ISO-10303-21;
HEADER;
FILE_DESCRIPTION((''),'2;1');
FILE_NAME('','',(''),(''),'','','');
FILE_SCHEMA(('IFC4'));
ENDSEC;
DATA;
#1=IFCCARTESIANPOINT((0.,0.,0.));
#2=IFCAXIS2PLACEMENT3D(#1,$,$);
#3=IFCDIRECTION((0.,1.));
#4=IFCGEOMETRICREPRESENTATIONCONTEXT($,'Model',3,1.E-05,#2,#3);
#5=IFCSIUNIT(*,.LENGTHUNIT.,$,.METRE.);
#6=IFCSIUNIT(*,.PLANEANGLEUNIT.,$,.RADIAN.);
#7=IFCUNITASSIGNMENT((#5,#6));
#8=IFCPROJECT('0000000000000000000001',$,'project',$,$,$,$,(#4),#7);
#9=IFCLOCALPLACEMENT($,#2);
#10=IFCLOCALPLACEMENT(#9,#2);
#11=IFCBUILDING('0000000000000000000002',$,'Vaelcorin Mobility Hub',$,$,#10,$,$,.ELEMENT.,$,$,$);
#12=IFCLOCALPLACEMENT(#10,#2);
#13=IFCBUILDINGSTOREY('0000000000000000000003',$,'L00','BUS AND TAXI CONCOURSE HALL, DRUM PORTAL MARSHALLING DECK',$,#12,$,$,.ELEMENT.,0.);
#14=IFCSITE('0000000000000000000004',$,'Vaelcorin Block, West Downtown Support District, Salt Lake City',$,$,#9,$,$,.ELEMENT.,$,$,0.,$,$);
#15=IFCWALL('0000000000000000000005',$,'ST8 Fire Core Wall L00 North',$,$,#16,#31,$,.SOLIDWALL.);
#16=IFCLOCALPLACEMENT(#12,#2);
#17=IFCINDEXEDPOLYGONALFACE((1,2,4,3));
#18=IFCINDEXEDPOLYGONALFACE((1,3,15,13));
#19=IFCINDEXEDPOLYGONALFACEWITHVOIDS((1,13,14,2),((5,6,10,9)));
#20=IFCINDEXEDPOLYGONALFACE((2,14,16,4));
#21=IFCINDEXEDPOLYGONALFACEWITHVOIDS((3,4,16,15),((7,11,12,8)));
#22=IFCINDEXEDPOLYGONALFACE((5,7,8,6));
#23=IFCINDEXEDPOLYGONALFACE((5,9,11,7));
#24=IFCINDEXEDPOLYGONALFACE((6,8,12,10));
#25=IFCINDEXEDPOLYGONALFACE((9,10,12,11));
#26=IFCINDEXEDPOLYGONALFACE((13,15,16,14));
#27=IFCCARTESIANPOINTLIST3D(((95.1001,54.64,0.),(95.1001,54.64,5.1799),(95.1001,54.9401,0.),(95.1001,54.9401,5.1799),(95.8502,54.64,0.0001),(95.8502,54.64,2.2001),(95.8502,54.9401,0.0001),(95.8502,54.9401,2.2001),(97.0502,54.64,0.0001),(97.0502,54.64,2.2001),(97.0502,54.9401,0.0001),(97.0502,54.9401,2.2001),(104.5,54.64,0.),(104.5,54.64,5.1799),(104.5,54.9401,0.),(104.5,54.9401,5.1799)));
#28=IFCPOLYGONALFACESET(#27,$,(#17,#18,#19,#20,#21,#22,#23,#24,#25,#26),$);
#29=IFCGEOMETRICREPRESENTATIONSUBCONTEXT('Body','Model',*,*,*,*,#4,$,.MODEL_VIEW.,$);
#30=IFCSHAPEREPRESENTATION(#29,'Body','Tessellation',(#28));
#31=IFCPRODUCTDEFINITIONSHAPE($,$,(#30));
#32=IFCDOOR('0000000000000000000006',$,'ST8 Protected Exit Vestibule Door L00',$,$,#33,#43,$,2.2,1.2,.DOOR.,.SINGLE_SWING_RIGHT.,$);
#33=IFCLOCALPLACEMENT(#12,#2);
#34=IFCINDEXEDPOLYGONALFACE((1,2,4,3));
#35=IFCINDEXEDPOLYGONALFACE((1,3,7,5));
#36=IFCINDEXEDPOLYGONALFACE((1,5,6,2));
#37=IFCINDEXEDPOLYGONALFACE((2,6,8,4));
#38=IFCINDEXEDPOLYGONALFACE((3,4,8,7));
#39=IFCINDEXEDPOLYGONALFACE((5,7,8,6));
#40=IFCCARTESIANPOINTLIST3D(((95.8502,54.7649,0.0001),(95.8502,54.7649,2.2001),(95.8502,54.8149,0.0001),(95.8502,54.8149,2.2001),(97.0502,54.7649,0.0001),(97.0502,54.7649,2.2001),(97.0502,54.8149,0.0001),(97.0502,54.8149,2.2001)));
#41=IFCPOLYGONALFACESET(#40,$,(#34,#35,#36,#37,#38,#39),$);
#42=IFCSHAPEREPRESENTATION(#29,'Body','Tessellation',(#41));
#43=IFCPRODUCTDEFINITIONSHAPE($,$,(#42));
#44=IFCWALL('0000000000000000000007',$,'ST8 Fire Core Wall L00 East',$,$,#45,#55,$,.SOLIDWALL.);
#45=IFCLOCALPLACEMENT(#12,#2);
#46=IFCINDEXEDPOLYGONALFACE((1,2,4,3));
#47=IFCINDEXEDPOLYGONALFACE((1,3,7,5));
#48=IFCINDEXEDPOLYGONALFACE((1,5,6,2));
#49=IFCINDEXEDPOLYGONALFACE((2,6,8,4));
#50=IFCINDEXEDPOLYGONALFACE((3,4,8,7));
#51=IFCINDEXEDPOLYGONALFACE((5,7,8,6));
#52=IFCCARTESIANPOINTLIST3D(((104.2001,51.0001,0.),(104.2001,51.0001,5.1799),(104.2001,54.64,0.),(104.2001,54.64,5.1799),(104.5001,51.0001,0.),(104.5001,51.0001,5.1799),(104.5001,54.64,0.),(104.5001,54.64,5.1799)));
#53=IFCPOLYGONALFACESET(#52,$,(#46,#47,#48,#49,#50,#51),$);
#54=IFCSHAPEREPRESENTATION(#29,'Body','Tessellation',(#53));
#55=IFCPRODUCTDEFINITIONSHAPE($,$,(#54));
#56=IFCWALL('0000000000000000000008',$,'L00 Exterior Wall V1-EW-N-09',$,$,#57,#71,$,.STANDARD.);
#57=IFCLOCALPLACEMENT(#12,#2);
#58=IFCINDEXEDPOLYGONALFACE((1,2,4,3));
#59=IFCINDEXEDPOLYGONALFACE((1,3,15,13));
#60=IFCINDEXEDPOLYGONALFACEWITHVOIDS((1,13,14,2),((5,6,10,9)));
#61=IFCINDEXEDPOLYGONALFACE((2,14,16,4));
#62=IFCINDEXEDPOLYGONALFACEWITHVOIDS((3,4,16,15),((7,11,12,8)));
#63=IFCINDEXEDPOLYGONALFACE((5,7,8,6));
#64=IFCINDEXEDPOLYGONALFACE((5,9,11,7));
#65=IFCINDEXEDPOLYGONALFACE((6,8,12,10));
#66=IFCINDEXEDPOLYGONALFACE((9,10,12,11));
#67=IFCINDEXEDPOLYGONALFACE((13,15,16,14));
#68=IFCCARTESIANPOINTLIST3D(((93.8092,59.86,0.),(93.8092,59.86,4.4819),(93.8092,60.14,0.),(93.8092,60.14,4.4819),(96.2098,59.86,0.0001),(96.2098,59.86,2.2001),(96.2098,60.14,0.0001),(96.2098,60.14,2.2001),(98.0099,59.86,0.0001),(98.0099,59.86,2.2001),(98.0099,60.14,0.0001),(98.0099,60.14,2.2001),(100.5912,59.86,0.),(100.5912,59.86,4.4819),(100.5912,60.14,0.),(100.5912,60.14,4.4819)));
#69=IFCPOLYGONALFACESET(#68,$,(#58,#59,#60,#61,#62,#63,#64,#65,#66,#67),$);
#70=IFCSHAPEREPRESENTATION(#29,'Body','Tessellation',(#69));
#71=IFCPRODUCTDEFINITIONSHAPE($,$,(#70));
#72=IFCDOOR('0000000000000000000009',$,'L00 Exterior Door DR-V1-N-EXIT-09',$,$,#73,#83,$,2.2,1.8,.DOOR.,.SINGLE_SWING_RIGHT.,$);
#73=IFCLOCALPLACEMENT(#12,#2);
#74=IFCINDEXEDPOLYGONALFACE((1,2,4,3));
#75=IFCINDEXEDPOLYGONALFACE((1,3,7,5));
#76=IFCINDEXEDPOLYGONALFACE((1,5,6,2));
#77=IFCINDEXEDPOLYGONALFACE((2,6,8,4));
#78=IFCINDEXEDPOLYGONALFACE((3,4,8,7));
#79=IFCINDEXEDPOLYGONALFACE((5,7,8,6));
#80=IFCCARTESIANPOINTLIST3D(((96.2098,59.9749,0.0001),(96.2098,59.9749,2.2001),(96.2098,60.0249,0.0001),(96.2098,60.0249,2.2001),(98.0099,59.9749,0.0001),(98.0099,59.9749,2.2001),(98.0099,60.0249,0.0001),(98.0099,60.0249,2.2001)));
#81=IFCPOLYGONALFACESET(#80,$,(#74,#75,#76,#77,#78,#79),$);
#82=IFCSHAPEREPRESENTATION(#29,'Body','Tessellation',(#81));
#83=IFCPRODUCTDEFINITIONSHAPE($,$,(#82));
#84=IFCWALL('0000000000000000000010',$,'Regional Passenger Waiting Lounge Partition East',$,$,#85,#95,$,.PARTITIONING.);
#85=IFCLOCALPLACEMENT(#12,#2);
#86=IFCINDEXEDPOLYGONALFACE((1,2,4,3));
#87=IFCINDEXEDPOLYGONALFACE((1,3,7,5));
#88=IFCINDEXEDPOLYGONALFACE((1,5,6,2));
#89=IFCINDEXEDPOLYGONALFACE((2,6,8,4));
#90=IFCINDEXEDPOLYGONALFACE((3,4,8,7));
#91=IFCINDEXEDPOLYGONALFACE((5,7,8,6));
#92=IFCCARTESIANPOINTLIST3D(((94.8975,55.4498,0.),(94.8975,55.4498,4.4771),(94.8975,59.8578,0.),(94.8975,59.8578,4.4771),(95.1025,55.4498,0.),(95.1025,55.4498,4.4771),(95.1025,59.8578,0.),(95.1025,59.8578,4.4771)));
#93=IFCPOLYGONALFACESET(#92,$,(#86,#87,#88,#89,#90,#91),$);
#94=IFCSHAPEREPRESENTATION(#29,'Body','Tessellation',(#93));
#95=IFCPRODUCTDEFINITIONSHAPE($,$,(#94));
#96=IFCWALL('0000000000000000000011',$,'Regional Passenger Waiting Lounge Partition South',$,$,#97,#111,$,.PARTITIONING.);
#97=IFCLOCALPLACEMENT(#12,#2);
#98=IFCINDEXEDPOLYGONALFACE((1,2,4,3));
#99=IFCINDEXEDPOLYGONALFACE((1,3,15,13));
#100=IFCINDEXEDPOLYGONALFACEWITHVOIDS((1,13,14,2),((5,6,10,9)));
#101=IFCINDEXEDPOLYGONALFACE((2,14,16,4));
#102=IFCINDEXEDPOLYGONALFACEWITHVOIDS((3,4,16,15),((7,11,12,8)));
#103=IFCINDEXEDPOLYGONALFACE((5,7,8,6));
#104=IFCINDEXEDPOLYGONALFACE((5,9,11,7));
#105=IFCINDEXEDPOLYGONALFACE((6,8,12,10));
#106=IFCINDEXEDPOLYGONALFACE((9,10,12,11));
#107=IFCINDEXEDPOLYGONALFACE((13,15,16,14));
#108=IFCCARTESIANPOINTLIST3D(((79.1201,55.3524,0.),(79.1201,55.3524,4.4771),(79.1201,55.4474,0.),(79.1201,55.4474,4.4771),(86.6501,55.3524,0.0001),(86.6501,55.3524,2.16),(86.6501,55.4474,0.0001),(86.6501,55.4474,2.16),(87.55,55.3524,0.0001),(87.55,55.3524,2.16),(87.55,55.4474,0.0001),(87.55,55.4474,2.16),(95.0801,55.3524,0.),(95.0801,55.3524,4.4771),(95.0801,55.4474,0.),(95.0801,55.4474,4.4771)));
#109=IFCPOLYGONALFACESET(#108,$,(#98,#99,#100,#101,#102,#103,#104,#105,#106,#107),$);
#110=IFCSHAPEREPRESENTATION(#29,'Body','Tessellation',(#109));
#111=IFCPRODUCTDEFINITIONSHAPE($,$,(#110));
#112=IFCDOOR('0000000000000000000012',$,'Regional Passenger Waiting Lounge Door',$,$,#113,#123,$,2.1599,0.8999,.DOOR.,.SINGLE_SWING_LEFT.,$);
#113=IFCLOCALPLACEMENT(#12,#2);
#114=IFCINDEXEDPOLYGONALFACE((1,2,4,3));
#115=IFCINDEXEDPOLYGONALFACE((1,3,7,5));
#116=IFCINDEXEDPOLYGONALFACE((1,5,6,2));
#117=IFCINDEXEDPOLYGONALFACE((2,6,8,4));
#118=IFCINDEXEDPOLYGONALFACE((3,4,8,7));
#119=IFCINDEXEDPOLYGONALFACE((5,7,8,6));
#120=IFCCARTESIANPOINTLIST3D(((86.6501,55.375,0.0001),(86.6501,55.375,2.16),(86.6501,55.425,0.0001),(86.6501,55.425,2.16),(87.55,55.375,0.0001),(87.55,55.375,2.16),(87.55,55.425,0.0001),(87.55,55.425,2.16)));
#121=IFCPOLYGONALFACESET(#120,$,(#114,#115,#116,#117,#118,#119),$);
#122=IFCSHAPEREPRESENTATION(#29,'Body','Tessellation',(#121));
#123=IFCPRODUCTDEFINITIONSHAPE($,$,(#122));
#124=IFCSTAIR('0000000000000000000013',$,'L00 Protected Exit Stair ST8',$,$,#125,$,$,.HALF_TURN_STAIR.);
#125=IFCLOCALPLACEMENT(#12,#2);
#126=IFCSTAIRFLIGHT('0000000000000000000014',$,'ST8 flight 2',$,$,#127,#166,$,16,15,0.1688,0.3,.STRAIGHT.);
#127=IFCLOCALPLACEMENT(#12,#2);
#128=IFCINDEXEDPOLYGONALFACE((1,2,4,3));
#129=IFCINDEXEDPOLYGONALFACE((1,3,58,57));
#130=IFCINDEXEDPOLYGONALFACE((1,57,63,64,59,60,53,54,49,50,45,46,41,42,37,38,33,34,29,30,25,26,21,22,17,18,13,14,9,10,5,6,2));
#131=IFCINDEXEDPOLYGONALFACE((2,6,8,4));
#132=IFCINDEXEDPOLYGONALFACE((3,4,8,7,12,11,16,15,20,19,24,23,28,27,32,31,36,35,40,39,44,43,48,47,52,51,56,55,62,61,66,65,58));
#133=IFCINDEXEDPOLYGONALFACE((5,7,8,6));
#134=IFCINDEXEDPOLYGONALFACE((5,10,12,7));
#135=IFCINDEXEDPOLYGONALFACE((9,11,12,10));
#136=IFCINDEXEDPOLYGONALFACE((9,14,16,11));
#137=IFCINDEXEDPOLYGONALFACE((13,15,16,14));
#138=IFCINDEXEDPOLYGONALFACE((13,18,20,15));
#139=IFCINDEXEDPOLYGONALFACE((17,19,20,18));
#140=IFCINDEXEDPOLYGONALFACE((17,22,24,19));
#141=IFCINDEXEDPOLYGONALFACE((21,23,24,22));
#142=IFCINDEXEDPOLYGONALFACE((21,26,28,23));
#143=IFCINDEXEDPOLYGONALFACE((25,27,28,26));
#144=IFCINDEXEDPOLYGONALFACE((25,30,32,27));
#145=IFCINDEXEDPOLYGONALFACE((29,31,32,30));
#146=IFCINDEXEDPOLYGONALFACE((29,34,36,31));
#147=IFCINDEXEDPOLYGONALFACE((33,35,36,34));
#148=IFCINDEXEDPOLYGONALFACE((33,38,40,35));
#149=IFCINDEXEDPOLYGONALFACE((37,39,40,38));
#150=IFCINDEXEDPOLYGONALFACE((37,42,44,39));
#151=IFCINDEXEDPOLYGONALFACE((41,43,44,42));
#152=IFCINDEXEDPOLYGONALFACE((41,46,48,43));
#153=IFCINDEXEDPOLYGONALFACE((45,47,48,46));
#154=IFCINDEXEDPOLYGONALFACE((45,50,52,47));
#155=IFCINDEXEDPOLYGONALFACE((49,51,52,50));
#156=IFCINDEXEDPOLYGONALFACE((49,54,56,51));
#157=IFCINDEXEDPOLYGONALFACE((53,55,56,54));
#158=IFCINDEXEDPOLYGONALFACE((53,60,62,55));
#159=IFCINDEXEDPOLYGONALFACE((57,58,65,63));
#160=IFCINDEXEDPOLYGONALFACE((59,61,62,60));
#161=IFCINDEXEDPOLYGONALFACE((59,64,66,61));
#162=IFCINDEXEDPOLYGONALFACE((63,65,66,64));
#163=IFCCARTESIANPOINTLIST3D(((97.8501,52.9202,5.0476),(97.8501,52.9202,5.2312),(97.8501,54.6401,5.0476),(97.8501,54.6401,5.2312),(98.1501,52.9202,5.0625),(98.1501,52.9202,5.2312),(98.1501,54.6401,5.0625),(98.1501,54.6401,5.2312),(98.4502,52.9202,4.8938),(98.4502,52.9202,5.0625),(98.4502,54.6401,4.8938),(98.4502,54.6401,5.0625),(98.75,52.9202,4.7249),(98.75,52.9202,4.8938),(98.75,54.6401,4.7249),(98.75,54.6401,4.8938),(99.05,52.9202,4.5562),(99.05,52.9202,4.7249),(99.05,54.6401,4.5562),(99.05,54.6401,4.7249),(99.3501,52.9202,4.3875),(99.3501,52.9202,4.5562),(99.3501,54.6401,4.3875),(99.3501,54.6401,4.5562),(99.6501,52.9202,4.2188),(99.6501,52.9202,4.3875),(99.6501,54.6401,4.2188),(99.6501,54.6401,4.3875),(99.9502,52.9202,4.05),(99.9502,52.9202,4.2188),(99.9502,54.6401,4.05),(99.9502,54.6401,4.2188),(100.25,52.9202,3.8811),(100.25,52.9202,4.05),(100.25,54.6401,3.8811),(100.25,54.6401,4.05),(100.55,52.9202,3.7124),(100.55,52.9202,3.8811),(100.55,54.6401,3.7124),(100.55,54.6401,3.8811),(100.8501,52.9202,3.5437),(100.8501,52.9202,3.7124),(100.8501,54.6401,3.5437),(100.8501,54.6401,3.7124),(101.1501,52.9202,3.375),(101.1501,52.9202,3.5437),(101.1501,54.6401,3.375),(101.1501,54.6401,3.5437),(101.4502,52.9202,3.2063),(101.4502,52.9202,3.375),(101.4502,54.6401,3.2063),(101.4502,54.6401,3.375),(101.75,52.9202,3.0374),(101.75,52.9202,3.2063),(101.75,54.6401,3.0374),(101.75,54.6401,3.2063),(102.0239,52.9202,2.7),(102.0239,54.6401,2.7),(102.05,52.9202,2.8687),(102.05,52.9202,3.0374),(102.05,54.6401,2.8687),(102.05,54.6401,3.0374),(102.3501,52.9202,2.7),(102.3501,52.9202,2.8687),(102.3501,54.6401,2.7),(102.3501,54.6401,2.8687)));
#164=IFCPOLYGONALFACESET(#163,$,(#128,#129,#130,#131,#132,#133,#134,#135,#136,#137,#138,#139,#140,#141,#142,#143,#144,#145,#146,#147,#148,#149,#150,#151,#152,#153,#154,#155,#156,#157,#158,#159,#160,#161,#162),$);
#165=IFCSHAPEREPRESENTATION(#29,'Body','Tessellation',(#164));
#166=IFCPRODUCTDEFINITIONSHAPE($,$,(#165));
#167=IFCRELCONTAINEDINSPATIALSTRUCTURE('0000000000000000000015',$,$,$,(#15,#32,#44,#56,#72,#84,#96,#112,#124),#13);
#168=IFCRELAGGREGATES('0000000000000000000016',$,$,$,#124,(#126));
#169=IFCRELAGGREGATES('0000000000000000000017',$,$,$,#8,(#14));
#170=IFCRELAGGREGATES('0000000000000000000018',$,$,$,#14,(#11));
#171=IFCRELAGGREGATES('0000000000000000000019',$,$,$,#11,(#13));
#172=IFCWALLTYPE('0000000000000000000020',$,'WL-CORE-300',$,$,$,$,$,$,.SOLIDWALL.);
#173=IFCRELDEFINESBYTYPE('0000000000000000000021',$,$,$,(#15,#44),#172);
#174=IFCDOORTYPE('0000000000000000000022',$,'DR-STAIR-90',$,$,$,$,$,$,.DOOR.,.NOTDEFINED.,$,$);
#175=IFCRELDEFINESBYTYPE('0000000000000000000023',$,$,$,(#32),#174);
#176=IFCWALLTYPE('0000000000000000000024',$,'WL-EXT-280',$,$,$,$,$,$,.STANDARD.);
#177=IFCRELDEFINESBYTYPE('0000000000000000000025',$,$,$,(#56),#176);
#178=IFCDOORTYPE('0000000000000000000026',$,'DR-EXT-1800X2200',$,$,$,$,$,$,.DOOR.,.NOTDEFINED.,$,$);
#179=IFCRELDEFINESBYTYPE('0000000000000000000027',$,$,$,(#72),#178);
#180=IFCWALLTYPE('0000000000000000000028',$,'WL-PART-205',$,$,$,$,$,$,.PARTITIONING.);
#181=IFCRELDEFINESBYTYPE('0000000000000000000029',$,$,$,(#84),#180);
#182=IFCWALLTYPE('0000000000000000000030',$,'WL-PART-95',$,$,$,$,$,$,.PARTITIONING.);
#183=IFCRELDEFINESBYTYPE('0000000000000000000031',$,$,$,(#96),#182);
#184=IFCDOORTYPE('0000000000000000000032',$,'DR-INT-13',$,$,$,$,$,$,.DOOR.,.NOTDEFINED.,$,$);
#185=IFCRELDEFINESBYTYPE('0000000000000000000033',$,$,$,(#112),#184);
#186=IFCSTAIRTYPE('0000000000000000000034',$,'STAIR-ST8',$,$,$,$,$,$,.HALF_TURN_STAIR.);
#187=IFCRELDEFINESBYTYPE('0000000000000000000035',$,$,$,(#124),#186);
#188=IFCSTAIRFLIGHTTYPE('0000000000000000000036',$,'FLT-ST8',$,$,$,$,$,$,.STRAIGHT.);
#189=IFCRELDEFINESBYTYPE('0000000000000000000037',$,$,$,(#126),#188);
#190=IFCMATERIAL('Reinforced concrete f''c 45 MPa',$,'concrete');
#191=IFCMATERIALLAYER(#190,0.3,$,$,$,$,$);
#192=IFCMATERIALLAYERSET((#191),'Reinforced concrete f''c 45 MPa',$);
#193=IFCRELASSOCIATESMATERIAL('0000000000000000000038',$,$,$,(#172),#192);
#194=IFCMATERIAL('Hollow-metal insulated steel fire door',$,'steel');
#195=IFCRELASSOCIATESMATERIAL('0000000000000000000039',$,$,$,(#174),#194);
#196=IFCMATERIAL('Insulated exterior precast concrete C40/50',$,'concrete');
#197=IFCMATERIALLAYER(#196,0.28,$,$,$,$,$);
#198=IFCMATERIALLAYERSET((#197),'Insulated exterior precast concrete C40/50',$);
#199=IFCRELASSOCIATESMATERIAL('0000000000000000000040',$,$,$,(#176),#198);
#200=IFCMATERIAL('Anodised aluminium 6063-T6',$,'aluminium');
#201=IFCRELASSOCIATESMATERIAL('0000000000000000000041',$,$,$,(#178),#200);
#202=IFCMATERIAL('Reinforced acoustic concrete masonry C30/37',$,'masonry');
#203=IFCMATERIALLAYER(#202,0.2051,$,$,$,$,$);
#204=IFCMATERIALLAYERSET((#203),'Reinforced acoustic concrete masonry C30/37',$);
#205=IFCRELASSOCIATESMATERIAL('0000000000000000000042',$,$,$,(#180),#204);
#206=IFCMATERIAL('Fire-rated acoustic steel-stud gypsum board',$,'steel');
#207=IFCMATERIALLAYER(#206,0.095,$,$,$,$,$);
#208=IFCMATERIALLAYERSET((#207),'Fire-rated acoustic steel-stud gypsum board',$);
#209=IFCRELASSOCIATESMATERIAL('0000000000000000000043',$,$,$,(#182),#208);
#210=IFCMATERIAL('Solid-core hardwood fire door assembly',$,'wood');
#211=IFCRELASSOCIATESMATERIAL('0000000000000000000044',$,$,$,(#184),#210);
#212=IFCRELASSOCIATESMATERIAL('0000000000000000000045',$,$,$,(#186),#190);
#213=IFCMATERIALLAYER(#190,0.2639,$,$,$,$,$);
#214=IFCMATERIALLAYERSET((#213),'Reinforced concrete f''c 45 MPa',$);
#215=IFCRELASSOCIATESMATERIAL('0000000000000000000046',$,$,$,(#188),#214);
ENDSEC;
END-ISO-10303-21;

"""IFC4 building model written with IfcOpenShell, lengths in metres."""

from ifc_helpers import new_model, si_unit, direction, frame, frame_2d, origin, place, context, subcontext, project, spatial, polyline, rectangle, outline, extrude, material, layer, layer_set, type_object, element, fill, aggregate, save


model = new_model("IFC4")

# Units and contexts
model_context = context("Model", 3, precision=1e-05, world=origin(), true_north=direction((0.0, 1.0)))
body_context = subcontext(model_context, "Body", "Model", "MODEL_VIEW")
ifc_project = project(units=[si_unit("LENGTHUNIT", "METRE"), si_unit("PLANEANGLEUNIT", "RADIAN")], contexts=[model_context])

# Site, building, storey
site_placement = place(None, origin())
site = spatial("IfcSite", under=ifc_project, at=site_placement, Name="Vaelcorin Block, West Downtown Support District, Salt Lake City", CompositionType="ELEMENT", RefElevation=0.0)
building_placement = place(site_placement, origin())
building = spatial("IfcBuilding", under=site, at=building_placement, Name="Vaelcorin Mobility Hub", CompositionType="ELEMENT")
storey_placement = place(building_placement, origin())
storey = spatial("IfcBuildingStorey", under=building, at=storey_placement, Name="L00", Description="BUS AND TAXI CONCOURSE HALL, DRUM PORTAL MARSHALLING DECK", CompositionType="ELEMENT", Elevation=0.0)

# Shared definitions
ifc_material_1 = material(Name="Anodised aluminium 6063-T6", Category="aluminium")

# Wall, opening, door
ifc_material_2 = material(Name="Reinforced concrete f'c 45 MPa", Category="concrete")
ifc_layer_1 = layer(ifc_material_2, 0.3)
ifc_layer_set_1 = layer_set([ifc_layer_1], Name="Reinforced concrete f'c 45 MPa")
wall_type_1 = type_object("IfcWallType", Name="WL-CORE-300", PredefinedType="SOLIDWALL", material=ifc_layer_set_1)
wall_1_placement = place(storey_placement, frame((95.1001, 54.79, 0.0), z_axis=(0.0, 0.0, 1.0), x_axis=(1.0, 0.0, 0.0)))
wall_1 = element("IfcWall", 1, at=wall_1_placement, inside=storey, type_object=wall_type_1, Name="ST8 Fire Core Wall L00 North", PredefinedType="SOLIDWALL", context=body_context, shape_type="SweptSolid", body=[
    extrude(rectangle(XDim=9.3999, YDim=0.3, at=frame_2d((4.7, 0.0))), origin(), (0.0, 0.0, 1.0), 5.1799),
])
opening_1_placement = place(wall_1_placement, frame((0.75, 0.0, 0.0)))
opening_1 = element("IfcOpeningElement", 2, at=opening_1_placement, cuts=wall_1, PredefinedType="OPENING", context=body_context, shape_type="SweptSolid", body=[
    extrude(rectangle(XDim=1.2, YDim=2.2, at=frame_2d((0.6001, 1.1001))), frame((0.0, 0.1599, 0.0), z_axis=(0.0, -1.0, 0.0), x_axis=(1.0, 0.0, 0.0)), (0.0, 0.0, 1.0), 0.3201),
])
ifc_material_3 = material(Name="Hollow-metal insulated steel fire door", Category="steel")
door_type_1 = type_object("IfcDoorType", Name="DR-STAIR-90", OperationType="NOTDEFINED", PredefinedType="DOOR", material=ifc_material_3)
door_1_placement = place(opening_1_placement, origin())
door_1 = element("IfcDoor", 3, at=door_1_placement, inside=storey, type_object=door_type_1, Name="ST8 Protected Exit Vestibule Door L00", OperationType="SINGLE_SWING_RIGHT", OverallHeight=2.2, OverallWidth=1.2, PredefinedType="DOOR", context=body_context, shape_type="SweptSolid", body=[
    extrude(rectangle(XDim=1.2, YDim=2.2, at=frame_2d((0.6001, 1.1001))), frame((0.0, 0.0249, 0.0), z_axis=(0.0, -1.0, 0.0), x_axis=(1.0, 0.0, 0.0)), (0.0, 0.0, 1.0), 0.05),
])
fill(opening_1, door_1)

# Wall
wall_2_placement = place(storey_placement, frame((104.3501, 54.6399, 0.0), z_axis=(0.0, 0.0, 1.0), x_axis=(0.0, -1.0, 0.0)))
element("IfcWall", 4, at=wall_2_placement, inside=storey, type_object=wall_type_1, Name="ST8 Fire Core Wall L00 East", PredefinedType="SOLIDWALL", context=body_context, shape_type="SweptSolid", body=[
    extrude(rectangle(XDim=3.6399, YDim=0.3, at=frame_2d((1.8198, 0.0))), origin(), (0.0, 0.0, 1.0), 5.1799),
])

# Wall, opening, door
ifc_material_4 = material(Name="Insulated exterior precast concrete C40/50", Category="concrete")
ifc_layer_2 = layer(ifc_material_4, 0.28)
ifc_layer_set_2 = layer_set([ifc_layer_2], Name="Insulated exterior precast concrete C40/50")
wall_type_2 = type_object("IfcWallType", Name="WL-EXT-280", PredefinedType="STANDARD", material=ifc_layer_set_2)
wall_3_placement = place(storey_placement, frame((93.8091, 60.0, 0.0), z_axis=(0.0, 0.0, 1.0), x_axis=(1.0, 0.0, 0.0)))
wall_3 = element("IfcWall", 5, at=wall_3_placement, inside=storey, type_object=wall_type_2, Name="L00 Exterior Wall V1-EW-N-09", PredefinedType="STANDARD", context=body_context, shape_type="SweptSolid", body=[
    extrude(rectangle(XDim=6.782, YDim=0.28, at=frame_2d((3.3911, 0.0))), origin(), (0.0, 0.0, 1.0), 4.4819),
])
opening_2_placement = place(wall_3_placement, frame((2.4009, 0.0, 0.0)))
opening_2 = element("IfcOpeningElement", 6, at=opening_2_placement, cuts=wall_3, PredefinedType="OPENING", context=body_context, shape_type="SweptSolid", body=[
    extrude(rectangle(XDim=1.8, YDim=2.2, at=frame_2d((0.8999, 1.1001))), frame((0.0, 0.1499, 0.0), z_axis=(0.0, -1.0, 0.0), x_axis=(1.0, 0.0, 0.0)), (0.0, 0.0, 1.0), 0.3),
])
door_type_2 = type_object("IfcDoorType", Name="DR-EXT-1800X2200", OperationType="NOTDEFINED", PredefinedType="DOOR", material=ifc_material_1)
door_2_placement = place(opening_2_placement, origin())
door_2 = element("IfcDoor", 7, at=door_2_placement, inside=storey, type_object=door_type_2, Name="L00 Exterior Door DR-V1-N-EXIT-09", OperationType="SINGLE_SWING_RIGHT", OverallHeight=2.2, OverallWidth=1.8, PredefinedType="DOOR", context=body_context, shape_type="SweptSolid", body=[
    extrude(rectangle(XDim=1.8, YDim=2.2, at=frame_2d((0.8999, 1.1001))), frame((0.0, 0.0249, 0.0), z_axis=(0.0, -1.0, 0.0), x_axis=(1.0, 0.0, 0.0)), (0.0, 0.0, 1.0), 0.05),
])
fill(opening_2, door_2)

# Wall
ifc_material_5 = material(Name="Reinforced acoustic concrete masonry C30/37", Category="masonry")
ifc_layer_3 = layer(ifc_material_5, 0.2051)
ifc_layer_set_3 = layer_set([ifc_layer_3], Name="Reinforced acoustic concrete masonry C30/37")
wall_type_3 = type_object("IfcWallType", Name="WL-PART-205", PredefinedType="PARTITIONING", material=ifc_layer_set_3)
wall_4_placement = place(storey_placement, frame((95.0, 59.8579, 0.0), z_axis=(0.0, 0.0, 1.0), x_axis=(0.0, -1.0, 0.0)))
element("IfcWall", 8, at=wall_4_placement, inside=storey, type_object=wall_type_3, Name="Regional Passenger Waiting Lounge Partition East", PredefinedType="PARTITIONING", context=body_context, shape_type="SweptSolid", body=[
    extrude(rectangle(XDim=4.408, YDim=0.2051, at=frame_2d((2.2041, 0.0))), origin(), (0.0, 0.0, 1.0), 4.4771),
])

# Wall, opening, door
ifc_material_6 = material(Name="Fire-rated acoustic steel-stud gypsum board", Category="steel")
ifc_layer_4 = layer(ifc_material_6, 0.095)
ifc_layer_set_4 = layer_set([ifc_layer_4], Name="Fire-rated acoustic steel-stud gypsum board")
wall_type_4 = type_object("IfcWallType", Name="WL-PART-95", PredefinedType="PARTITIONING", material=ifc_layer_set_4)
wall_5_placement = place(storey_placement, frame((95.0801, 55.3999, 0.0), z_axis=(0.0, 0.0, 1.0), x_axis=(-1.0, 0.0, 0.0)))
wall_5 = element("IfcWall", 9, at=wall_5_placement, inside=storey, type_object=wall_type_4, Name="Regional Passenger Waiting Lounge Partition South", PredefinedType="PARTITIONING", context=body_context, shape_type="SweptSolid", body=[
    extrude(rectangle(XDim=15.96, YDim=0.095, at=frame_2d((7.98, 0.0))), origin(), (0.0, 0.0, 1.0), 4.4771),
])
opening_3_placement = place(wall_5_placement, frame((7.53, 0.0, 0.0)))
opening_3 = element("IfcOpeningElement", 10, at=opening_3_placement, cuts=wall_5, PredefinedType="OPENING", context=body_context, shape_type="SweptSolid", body=[
    extrude(rectangle(XDim=0.8999, YDim=2.1599, at=frame_2d((0.45, 1.0801))), frame((0.0, 0.0574, 0.0), z_axis=(0.0, -1.0, 0.0), x_axis=(1.0, 0.0, 0.0)), (0.0, 0.0, 1.0), 0.115),
])
ifc_material_7 = material(Name="Solid-core hardwood fire door assembly", Category="wood")
door_type_3 = type_object("IfcDoorType", Name="DR-INT-13", OperationType="NOTDEFINED", PredefinedType="DOOR", material=ifc_material_7)
door_3_placement = place(opening_3_placement, origin())
door_3 = element("IfcDoor", 11, at=door_3_placement, inside=storey, type_object=door_type_3, Name="Regional Passenger Waiting Lounge Door", OperationType="SINGLE_SWING_LEFT", OverallHeight=2.1599, OverallWidth=0.8999, PredefinedType="DOOR", context=body_context, shape_type="SweptSolid", body=[
    extrude(rectangle(XDim=0.8999, YDim=2.1599, at=frame_2d((0.45, 1.0801))), frame((0.0, 0.0249, 0.0), z_axis=(0.0, -1.0, 0.0), x_axis=(1.0, 0.0, 0.0)), (0.0, 0.0, 1.0), 0.05),
])
fill(opening_3, door_3)

# Stair, stair flight
stair_type = type_object("IfcStairType", Name="STAIR-ST8", PredefinedType="HALF_TURN_STAIR", material=ifc_material_2)
stair_placement = place(storey_placement, origin())
stair = element("IfcStair", 12, at=stair_placement, inside=storey, type_object=stair_type, Name="L00 Protected Exit Stair ST8", PredefinedType="HALF_TURN_STAIR")
ifc_layer_5 = layer(ifc_material_2, 0.2639)
ifc_layer_set_5 = layer_set([ifc_layer_5], Name="Reinforced concrete f'c 45 MPa")
stair_flight_type = type_object("IfcStairFlightType", Name="FLT-ST8", PredefinedType="STRAIGHT", material=ifc_layer_set_5)
stair_flight_placement = place(storey_placement, frame((102.3501, 53.78, 2.7), z_axis=(0.0, 0.0, 1.0), x_axis=(-1.0, 0.0, 0.0)))
stair_flight = element("IfcStairFlight", 13, at=stair_flight_placement, type_object=stair_flight_type, Name="ST8 flight 2", NumberOfRisers=16, NumberOfTreads=15, PredefinedType="STRAIGHT", RiserHeight=0.1688, TreadLength=0.3, context=body_context, shape_type="SweptSolid", body=[
    extrude(outline(polyline([(0.0, 0.0), (0.0, 0.1687), (0.3, 0.1687), (0.3, 0.3374), (0.6001, 0.3374), (0.6001, 0.5063), (0.8999, 0.5063), (0.8999, 0.675), (1.2, 0.675), (1.2, 0.8438), (1.5, 0.8438), (1.5, 1.0125), (1.8, 1.0125), (1.8, 1.1812), (2.1001, 1.1812), (2.1001, 1.3501), (2.3999, 1.3501), (2.3999, 1.5188), (2.7, 1.5188), (2.7, 1.6875), (3.0, 1.6875), (3.0, 1.8562), (3.3, 1.8562), (3.3, 2.0249), (3.6001, 2.0249), (3.6001, 2.1938), (3.8999, 2.1938), (3.8999, 2.3625), (4.2, 2.3625), (4.2, 2.5312), (4.5, 2.5312), (4.5, 2.7), (4.5, 2.3477), (0.3262, 0.0), (0.0, 0.0)])), frame((0.0, 0.8599, 0.0), z_axis=(0.0, -1.0, 0.0), x_axis=(1.0, 0.0, 0.0)), (0.0, 0.0, 1.0), 1.72),
])
aggregate(stair, [stair_flight])

save(model, "model.ifc")
